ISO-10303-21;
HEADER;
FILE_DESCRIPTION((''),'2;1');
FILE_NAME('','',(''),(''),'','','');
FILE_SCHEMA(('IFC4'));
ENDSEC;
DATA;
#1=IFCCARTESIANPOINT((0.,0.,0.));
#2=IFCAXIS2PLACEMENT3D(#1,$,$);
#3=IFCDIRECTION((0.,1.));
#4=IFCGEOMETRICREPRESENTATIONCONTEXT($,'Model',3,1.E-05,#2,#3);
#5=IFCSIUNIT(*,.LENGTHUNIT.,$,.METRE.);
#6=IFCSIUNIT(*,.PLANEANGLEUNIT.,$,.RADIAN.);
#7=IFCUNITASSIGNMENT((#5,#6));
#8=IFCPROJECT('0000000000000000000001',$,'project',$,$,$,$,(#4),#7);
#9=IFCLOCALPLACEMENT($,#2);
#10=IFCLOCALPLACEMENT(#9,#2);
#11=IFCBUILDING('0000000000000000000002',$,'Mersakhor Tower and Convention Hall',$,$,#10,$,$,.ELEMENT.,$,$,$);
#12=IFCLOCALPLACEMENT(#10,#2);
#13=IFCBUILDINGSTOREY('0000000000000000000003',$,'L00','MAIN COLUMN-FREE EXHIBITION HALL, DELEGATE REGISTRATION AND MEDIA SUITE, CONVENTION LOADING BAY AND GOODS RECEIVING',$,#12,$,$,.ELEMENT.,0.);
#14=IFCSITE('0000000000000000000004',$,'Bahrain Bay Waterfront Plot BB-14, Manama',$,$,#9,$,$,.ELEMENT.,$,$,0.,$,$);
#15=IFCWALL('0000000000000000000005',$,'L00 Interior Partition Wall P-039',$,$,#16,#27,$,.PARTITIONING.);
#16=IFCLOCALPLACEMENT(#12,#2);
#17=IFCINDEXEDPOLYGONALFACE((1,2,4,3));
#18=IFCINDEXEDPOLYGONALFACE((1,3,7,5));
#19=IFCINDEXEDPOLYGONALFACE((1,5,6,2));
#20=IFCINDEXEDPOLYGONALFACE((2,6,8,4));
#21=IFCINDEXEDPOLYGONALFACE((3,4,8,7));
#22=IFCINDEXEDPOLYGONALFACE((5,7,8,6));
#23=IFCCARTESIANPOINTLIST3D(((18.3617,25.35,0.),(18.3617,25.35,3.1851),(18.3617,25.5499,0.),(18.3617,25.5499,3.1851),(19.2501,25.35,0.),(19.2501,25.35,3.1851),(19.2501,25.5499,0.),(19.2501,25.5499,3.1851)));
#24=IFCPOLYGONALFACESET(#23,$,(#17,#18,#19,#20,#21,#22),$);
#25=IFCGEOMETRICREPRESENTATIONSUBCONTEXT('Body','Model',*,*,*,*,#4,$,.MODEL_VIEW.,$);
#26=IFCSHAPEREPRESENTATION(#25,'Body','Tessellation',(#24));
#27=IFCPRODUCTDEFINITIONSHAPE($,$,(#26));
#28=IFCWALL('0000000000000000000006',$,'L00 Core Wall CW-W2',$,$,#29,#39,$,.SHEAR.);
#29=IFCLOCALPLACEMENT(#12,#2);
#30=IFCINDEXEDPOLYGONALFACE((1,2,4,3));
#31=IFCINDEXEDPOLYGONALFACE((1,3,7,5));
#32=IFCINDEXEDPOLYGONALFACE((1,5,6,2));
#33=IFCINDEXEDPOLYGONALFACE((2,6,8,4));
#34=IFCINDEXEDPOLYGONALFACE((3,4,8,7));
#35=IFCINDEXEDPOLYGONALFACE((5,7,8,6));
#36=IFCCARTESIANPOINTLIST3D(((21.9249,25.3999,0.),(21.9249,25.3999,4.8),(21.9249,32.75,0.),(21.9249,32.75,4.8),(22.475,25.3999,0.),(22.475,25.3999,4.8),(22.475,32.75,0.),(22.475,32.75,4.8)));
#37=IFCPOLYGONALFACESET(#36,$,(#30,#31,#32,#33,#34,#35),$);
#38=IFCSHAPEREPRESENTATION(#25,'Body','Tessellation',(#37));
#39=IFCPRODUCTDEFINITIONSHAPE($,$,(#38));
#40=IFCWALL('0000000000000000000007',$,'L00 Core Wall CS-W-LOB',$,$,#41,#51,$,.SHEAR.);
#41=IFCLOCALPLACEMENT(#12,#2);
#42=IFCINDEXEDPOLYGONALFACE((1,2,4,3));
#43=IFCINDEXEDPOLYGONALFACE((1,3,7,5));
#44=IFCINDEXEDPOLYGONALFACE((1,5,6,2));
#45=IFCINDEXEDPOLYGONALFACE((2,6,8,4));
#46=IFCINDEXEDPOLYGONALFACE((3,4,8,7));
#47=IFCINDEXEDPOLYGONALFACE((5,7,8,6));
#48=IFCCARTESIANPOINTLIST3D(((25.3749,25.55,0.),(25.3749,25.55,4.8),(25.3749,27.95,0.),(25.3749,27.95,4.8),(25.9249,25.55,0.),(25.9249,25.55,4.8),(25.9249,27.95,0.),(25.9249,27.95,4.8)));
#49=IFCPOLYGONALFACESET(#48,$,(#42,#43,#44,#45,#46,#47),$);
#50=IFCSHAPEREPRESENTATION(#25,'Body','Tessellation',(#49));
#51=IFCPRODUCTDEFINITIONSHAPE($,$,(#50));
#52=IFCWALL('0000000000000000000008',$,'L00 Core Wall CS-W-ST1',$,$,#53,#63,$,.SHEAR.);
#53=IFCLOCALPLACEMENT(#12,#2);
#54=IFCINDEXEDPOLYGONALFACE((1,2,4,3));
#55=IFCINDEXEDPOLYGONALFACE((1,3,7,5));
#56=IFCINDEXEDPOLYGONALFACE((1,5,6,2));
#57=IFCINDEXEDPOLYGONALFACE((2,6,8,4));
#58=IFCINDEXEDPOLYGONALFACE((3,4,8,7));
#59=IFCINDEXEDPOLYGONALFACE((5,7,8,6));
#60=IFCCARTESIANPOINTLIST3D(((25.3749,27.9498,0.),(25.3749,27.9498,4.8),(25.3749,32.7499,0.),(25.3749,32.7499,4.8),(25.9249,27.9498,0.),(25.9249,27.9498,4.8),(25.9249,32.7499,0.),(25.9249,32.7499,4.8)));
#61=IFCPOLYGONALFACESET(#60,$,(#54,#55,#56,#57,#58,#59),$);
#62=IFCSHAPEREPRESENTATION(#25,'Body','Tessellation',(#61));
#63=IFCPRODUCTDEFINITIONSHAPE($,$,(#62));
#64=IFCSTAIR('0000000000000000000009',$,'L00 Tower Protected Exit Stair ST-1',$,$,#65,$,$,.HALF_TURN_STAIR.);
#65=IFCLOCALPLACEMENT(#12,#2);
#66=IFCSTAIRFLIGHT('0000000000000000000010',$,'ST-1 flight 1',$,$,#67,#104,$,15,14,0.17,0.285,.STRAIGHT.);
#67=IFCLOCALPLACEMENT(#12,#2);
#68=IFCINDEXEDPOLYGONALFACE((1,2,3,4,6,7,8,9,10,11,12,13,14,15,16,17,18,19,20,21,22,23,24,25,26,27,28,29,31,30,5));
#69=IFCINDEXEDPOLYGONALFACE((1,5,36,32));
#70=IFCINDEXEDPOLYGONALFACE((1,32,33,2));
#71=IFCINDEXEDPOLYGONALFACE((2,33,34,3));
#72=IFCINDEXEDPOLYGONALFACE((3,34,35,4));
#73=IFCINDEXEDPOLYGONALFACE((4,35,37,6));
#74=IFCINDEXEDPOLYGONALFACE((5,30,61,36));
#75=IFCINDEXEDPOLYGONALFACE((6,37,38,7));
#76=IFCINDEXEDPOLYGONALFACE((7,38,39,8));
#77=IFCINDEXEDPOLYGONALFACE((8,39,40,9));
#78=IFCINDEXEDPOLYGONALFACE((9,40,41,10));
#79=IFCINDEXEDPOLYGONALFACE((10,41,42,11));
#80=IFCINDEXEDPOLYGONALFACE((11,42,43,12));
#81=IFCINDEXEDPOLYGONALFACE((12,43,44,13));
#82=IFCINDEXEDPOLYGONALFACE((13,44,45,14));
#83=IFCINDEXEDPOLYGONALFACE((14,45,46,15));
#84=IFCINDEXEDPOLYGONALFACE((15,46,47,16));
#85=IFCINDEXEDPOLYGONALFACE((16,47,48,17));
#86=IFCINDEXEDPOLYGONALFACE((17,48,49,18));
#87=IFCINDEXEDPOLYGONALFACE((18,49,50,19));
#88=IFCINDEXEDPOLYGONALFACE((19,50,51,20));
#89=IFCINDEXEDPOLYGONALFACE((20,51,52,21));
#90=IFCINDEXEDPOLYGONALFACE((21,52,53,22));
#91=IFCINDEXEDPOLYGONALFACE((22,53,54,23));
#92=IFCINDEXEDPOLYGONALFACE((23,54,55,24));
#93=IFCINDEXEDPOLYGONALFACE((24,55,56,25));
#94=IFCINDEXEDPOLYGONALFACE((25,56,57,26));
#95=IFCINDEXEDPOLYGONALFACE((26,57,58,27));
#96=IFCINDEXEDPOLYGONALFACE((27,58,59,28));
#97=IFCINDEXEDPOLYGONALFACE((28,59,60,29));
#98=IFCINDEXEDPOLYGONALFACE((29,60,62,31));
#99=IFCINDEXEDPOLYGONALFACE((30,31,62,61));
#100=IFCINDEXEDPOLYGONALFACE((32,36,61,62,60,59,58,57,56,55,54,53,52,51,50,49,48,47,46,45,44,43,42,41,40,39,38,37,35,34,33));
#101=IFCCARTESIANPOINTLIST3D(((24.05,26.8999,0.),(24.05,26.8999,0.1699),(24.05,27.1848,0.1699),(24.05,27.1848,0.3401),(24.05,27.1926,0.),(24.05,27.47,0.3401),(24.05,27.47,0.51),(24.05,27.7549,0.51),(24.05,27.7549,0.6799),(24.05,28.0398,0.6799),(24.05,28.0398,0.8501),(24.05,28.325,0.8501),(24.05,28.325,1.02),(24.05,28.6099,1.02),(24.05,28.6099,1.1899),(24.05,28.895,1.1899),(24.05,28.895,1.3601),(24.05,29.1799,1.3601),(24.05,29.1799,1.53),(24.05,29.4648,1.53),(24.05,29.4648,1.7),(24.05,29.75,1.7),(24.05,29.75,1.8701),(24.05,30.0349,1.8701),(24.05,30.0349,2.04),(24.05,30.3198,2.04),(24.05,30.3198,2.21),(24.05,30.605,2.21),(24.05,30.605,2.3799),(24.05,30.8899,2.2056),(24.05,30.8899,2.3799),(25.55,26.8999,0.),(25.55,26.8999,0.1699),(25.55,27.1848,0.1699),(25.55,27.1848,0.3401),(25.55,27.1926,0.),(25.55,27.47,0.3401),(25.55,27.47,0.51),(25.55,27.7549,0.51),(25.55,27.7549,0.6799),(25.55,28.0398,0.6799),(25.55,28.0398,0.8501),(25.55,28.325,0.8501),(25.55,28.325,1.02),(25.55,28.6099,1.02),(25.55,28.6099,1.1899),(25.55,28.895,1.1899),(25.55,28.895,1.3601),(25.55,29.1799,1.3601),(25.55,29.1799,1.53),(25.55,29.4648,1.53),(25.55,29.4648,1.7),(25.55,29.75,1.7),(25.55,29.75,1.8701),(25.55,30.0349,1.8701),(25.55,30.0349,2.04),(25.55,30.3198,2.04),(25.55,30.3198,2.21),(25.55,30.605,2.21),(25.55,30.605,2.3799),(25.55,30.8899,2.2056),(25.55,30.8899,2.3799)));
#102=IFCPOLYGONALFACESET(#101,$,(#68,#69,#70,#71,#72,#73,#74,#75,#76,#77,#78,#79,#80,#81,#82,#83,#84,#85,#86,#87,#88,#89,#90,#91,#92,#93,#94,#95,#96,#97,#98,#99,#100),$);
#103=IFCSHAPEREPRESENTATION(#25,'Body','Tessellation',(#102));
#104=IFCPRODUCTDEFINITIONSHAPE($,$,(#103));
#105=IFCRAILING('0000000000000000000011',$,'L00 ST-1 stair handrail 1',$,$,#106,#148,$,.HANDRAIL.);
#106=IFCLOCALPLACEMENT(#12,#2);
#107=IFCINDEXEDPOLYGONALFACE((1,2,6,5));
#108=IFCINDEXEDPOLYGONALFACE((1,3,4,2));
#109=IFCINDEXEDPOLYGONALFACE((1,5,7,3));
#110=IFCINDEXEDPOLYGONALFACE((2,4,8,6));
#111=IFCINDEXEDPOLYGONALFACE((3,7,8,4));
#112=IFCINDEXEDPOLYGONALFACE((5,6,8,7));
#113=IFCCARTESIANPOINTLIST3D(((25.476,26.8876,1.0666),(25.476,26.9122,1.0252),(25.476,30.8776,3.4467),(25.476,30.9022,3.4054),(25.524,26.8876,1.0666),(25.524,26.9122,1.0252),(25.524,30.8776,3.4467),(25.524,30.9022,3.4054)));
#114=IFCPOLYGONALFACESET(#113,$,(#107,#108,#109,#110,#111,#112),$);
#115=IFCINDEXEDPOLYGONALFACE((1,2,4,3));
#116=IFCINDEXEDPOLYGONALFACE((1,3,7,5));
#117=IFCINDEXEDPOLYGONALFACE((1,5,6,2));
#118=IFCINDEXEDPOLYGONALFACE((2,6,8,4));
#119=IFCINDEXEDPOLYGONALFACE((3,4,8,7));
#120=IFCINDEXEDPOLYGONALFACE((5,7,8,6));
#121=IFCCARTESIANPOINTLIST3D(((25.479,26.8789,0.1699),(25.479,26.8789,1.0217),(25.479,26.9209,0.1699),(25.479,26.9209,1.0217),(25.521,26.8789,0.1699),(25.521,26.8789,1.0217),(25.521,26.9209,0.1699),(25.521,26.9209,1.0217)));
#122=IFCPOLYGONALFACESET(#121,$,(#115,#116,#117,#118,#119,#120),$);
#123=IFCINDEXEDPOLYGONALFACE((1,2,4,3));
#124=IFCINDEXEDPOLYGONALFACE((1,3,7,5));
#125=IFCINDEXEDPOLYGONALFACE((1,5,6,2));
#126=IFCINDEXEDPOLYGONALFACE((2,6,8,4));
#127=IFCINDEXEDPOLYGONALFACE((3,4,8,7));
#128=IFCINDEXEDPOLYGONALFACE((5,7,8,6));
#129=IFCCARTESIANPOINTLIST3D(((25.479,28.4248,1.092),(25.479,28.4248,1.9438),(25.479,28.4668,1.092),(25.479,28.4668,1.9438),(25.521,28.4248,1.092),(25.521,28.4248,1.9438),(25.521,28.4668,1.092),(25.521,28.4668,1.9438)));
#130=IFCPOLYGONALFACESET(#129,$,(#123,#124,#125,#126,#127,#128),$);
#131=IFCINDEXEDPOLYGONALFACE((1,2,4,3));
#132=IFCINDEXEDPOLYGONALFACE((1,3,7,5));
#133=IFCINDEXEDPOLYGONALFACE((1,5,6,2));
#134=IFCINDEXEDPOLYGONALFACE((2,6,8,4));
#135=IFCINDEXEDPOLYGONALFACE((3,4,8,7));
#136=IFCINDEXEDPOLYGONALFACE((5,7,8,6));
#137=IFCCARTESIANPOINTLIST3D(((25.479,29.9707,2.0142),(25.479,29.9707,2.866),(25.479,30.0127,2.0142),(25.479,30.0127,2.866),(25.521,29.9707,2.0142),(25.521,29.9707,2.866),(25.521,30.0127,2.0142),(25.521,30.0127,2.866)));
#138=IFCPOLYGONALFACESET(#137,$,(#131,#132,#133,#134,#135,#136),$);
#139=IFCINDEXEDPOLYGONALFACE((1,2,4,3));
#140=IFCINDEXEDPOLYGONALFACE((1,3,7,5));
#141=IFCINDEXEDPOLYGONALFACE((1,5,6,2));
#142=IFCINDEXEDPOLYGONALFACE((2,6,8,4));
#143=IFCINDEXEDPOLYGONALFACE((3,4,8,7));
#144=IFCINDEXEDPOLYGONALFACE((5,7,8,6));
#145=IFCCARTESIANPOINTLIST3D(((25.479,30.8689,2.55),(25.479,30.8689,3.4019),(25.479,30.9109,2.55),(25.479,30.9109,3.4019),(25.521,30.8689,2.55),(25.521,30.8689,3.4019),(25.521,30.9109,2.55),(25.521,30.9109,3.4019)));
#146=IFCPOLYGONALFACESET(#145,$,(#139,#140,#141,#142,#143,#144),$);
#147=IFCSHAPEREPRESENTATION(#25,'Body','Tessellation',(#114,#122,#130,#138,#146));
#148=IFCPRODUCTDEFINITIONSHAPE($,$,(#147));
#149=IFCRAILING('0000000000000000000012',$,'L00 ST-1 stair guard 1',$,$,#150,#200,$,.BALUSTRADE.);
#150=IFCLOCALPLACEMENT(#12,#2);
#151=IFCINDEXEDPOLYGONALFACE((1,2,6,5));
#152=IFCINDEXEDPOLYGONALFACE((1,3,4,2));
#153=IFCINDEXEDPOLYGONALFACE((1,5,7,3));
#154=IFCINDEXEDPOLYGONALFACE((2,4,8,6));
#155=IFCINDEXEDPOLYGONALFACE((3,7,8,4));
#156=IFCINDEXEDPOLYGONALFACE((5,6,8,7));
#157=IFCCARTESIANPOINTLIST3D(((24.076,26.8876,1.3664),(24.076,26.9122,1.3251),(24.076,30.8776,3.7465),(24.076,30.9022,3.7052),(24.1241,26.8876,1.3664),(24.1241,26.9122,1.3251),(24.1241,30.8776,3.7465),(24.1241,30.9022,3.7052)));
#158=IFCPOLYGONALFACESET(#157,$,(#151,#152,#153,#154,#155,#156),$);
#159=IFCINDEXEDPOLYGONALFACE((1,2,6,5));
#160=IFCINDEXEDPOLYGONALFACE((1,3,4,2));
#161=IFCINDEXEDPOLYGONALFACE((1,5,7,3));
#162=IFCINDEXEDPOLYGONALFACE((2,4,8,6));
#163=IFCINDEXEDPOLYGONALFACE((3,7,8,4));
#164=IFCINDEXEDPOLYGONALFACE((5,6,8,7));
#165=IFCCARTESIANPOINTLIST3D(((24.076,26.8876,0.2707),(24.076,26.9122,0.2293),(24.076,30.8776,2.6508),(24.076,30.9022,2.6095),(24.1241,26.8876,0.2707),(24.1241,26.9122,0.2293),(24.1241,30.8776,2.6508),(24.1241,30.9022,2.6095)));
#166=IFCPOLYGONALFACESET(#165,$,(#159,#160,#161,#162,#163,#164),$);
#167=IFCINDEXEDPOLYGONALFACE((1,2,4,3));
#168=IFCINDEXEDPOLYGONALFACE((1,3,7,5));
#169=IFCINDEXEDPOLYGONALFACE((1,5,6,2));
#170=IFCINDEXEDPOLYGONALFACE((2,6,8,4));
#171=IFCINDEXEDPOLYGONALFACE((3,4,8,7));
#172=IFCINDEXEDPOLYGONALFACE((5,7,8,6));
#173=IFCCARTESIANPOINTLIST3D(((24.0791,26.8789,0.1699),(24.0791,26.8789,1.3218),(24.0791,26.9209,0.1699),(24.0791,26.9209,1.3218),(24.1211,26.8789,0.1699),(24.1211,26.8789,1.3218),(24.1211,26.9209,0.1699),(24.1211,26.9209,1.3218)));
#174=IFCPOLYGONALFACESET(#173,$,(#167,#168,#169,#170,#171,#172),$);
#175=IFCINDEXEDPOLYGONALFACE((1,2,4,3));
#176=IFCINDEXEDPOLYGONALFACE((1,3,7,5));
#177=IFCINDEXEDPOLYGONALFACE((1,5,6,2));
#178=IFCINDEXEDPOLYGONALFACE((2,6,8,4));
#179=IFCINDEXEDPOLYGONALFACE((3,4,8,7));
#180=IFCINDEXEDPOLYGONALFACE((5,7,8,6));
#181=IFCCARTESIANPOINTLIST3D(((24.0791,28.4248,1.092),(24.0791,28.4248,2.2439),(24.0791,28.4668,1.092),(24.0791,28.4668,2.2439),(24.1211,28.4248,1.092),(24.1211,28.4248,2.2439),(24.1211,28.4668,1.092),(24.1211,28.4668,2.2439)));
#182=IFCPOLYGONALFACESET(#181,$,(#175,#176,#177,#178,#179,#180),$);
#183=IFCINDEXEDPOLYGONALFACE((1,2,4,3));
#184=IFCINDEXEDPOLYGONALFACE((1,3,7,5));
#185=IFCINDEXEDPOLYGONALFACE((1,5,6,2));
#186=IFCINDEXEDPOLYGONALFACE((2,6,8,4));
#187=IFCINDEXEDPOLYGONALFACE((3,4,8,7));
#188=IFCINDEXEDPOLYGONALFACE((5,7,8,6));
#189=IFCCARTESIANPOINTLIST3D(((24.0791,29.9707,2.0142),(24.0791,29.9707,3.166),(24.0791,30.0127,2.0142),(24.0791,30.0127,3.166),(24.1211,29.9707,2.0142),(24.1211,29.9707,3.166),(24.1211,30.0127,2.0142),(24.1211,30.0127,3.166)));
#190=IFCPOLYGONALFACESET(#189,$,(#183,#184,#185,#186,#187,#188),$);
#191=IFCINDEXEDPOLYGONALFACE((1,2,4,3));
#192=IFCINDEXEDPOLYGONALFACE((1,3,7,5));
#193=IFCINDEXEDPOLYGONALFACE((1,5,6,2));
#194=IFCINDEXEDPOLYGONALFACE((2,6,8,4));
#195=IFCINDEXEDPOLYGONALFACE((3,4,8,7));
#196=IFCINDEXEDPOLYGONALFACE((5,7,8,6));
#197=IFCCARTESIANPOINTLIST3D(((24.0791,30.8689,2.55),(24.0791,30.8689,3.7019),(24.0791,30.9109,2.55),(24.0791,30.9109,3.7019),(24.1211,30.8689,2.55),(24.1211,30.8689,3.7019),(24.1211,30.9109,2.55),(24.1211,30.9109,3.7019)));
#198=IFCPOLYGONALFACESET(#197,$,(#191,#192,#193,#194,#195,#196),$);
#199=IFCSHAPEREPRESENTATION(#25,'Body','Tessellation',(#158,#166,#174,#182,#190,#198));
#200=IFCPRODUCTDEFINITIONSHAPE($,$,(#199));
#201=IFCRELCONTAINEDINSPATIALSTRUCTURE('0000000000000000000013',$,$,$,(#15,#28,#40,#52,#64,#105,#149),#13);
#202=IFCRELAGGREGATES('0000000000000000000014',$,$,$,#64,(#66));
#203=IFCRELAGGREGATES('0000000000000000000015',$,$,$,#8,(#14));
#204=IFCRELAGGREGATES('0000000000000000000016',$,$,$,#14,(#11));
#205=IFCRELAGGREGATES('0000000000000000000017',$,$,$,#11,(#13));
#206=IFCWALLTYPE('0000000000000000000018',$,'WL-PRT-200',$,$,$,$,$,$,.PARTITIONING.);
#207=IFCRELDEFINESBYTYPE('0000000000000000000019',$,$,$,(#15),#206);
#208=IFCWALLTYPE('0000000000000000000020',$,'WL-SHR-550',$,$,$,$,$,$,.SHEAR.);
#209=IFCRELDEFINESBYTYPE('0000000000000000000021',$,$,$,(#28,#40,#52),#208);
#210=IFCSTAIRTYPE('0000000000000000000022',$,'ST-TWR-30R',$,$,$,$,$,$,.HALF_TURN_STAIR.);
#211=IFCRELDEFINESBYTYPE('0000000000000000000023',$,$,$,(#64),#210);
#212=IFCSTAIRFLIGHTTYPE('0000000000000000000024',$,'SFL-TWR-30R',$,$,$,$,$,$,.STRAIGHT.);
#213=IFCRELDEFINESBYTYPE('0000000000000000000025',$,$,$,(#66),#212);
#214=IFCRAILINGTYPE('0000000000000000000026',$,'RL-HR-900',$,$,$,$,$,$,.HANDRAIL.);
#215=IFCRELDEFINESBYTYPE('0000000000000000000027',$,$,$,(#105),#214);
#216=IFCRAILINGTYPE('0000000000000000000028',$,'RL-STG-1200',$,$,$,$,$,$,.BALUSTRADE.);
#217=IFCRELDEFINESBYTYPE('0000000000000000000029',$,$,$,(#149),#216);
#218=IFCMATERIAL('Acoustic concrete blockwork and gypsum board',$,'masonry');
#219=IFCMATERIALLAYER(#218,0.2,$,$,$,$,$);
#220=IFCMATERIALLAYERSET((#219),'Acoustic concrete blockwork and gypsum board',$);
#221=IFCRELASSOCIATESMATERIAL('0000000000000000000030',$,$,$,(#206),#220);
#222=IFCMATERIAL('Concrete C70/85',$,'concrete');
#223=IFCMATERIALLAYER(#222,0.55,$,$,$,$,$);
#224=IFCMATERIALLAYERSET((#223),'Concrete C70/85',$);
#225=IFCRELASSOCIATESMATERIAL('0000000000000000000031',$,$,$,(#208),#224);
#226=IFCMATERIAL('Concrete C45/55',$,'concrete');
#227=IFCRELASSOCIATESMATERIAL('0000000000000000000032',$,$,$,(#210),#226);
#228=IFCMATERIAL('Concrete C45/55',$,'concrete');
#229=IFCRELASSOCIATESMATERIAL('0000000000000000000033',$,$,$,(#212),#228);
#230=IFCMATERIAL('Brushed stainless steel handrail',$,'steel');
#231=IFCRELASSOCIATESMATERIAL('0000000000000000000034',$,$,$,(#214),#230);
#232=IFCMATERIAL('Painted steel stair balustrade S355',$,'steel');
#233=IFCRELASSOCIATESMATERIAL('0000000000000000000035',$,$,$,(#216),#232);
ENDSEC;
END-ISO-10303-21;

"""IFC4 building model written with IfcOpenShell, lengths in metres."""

from ifc_helpers import new_model, si_unit, direction, frame, frame_2d, origin, origin_2d, place, context, subcontext, project, spatial, polyline, rectangle, outline, extrude, material, layer, layer_set, type_object, element, aggregate, save


model = new_model("IFC4")

# Units and contexts
model_context = context("Model", 3, precision=1e-05, world=origin(), true_north=direction((0.0, 1.0)))
body_context = subcontext(model_context, "Body", "Model", "MODEL_VIEW")
ifc_project = project(units=[si_unit("LENGTHUNIT", "METRE"), si_unit("PLANEANGLEUNIT", "RADIAN")], contexts=[model_context])

# Site, building, storey
site_placement = place(None, origin())
site = spatial("IfcSite", under=ifc_project, at=site_placement, Name="Bahrain Bay Waterfront Plot BB-14, Manama", CompositionType="ELEMENT", RefElevation=0.0)
building_placement = place(site_placement, origin())
building = spatial("IfcBuilding", under=site, at=building_placement, Name="Mersakhor Tower and Convention Hall", CompositionType="ELEMENT")
storey_placement = place(building_placement, origin())
storey = spatial("IfcBuildingStorey", under=building, at=storey_placement, Name="L00", Description="MAIN COLUMN-FREE EXHIBITION HALL, DELEGATE REGISTRATION AND MEDIA SUITE, CONVENTION LOADING BAY AND GOODS RECEIVING", CompositionType="ELEMENT", Elevation=0.0)

# Shared definitions
ifc_material_1 = material(Name="Acoustic concrete blockwork and gypsum board", Category="masonry")
ifc_layer_1 = layer(ifc_material_1, 0.2)
ifc_layer_set_1 = layer_set([ifc_layer_1], Name="Acoustic concrete blockwork and gypsum board")
wall_type_1 = type_object("IfcWallType", Name="WL-PRT-200", PredefinedType="PARTITIONING", material=ifc_layer_set_1)

# Wall
wall_1_placement = place(storey_placement, frame((18.3616, 25.45, 0.0), z_axis=(0.0, 0.0, 1.0), x_axis=(1.0, 0.0, 0.0)))
element("IfcWall", 1, at=wall_1_placement, inside=storey, type_object=wall_type_1, Name="L00 Interior Partition Wall P-039", PredefinedType="PARTITIONING", context=body_context, shape_type="SweptSolid", body=[
    extrude(rectangle(XDim=0.8884, YDim=0.2, at=frame_2d((0.4443, 0.0))), origin(), (0.0, 0.0, 1.0), 3.1851),
])

# Walls
ifc_material_2 = material(Name="Concrete C70/85", Category="concrete")
ifc_layer_2 = layer(ifc_material_2, 0.55)
ifc_layer_set_2 = layer_set([ifc_layer_2], Name="Concrete C70/85")
wall_type_2 = type_object("IfcWallType", Name="WL-SHR-550", PredefinedType="SHEAR", material=ifc_layer_set_2)
wall_2_placement = place(storey_placement, frame((22.2, 25.3999, 0.0), z_axis=(0.0, 0.0, 1.0), x_axis=(0.0, 1.0, 0.0)))
element("IfcWall", 2, at=wall_2_placement, inside=storey, type_object=wall_type_2, Name="L00 Core Wall CW-W2", PredefinedType="SHEAR", context=body_context, shape_type="SweptSolid", body=[
    extrude(rectangle(XDim=7.3501, YDim=0.55, at=frame_2d((3.675, 0.0))), origin(), (0.0, 0.0, 1.0), 4.8),
])
wall_3_placement = place(storey_placement, frame((25.6499, 25.55, 0.0), z_axis=(0.0, 0.0, 1.0), x_axis=(0.0, 1.0, 0.0)))
element("IfcWall", 3, at=wall_3_placement, inside=storey, type_object=wall_type_2, Name="L00 Core Wall CS-W-LOB", PredefinedType="SHEAR", context=body_context, shape_type="SweptSolid", body=[
    extrude(rectangle(XDim=2.3999, YDim=0.55, at=frame_2d((1.2, 0.0))), origin(), (0.0, 0.0, 1.0), 4.8),
])
wall_4_placement = place(storey_placement, frame((25.6499, 27.95, 0.0), z_axis=(0.0, 0.0, 1.0), x_axis=(0.0, 1.0, 0.0)))
element("IfcWall", 4, at=wall_4_placement, inside=storey, type_object=wall_type_2, Name="L00 Core Wall CS-W-ST1", PredefinedType="SHEAR", context=body_context, shape_type="SweptSolid", body=[
    extrude(rectangle(XDim=4.8, YDim=0.55, at=frame_2d((2.3999, 0.0))), origin(), (0.0, 0.0, 1.0), 4.8),
])

# Stair, stair flight
ifc_material_3 = material(Name="Concrete C45/55", Category="concrete")
stair_type = type_object("IfcStairType", Name="ST-TWR-30R", PredefinedType="HALF_TURN_STAIR", material=ifc_material_3)
stair_placement = place(storey_placement, origin())
stair = element("IfcStair", 5, at=stair_placement, inside=storey, type_object=stair_type, Name="L00 Tower Protected Exit Stair ST-1", PredefinedType="HALF_TURN_STAIR")
ifc_material_4 = material(Name="Concrete C45/55", Category="concrete")
stair_flight_type = type_object("IfcStairFlightType", Name="SFL-TWR-30R", PredefinedType="STRAIGHT", material=ifc_material_4)
stair_flight_placement = place(storey_placement, frame((24.8, 26.8999, 0.0), z_axis=(0.0, 0.0, 1.0), x_axis=(0.0, 1.0, 0.0)))
stair_flight = element("IfcStairFlight", 6, at=stair_flight_placement, type_object=stair_flight_type, Name="ST-1 flight 1", NumberOfRisers=15, NumberOfTreads=14, PredefinedType="STRAIGHT", RiserHeight=0.17, TreadLength=0.285, context=body_context, shape_type="SweptSolid", body=[
    extrude(outline(polyline([(0.0, 0.0), (0.0, 0.1699), (0.2849, 0.1699), (0.2849, 0.3401), (0.5701, 0.3401), (0.5701, 0.51), (0.855, 0.51), (0.855, 0.6799), (1.1399, 0.6799), (1.1399, 0.8501), (1.425, 0.8501), (1.425, 1.02), (1.71, 1.02), (1.71, 1.1899), (1.9951, 1.1899), (1.9951, 1.3601), (2.28, 1.3601), (2.28, 1.53), (2.5649, 1.53), (2.5649, 1.7), (2.8501, 1.7), (2.8501, 1.8701), (3.135, 1.8701), (3.135, 2.04), (3.4199, 2.04), (3.4199, 2.21), (3.7051, 2.21), (3.7051, 2.3799), (3.99, 2.3799), (3.99, 2.55), (3.99, 2.2056), (0.2927, 0.0), (0.0, 0.0)])), frame((0.0, 0.75, 0.0), z_axis=(0.0, -1.0, 0.0), x_axis=(1.0, 0.0, 0.0)), (0.0, 0.0, 1.0), 1.5),
])
aggregate(stair, [stair_flight])

# Railings
ifc_material_5 = material(Name="Brushed stainless steel handrail", Category="steel")
railing_type_1 = type_object("IfcRailingType", Name="RL-HR-900", PredefinedType="HANDRAIL", material=ifc_material_5)
railing_1_placement = place(storey_placement, frame((25.5, 26.8999, 0.1699)))
element("IfcRailing", 7, at=railing_1_placement, inside=storey, type_object=railing_type_1, Name="L00 ST-1 stair handrail 1", PredefinedType="HANDRAIL", context=body_context, shape_type="SweptSolid", body=[
    extrude(rectangle(XDim=0.0481, YDim=0.0481, at=origin_2d()), frame((0.0, 0.0, 0.876), z_axis=(0.0, 0.858807, 0.512299), x_axis=(-1.0, 0.0, 0.0)), (0.0, 0.0, 1.0), 4.646),
    extrude(rectangle(XDim=0.042, YDim=0.042, at=origin_2d()), origin(), (0.0, 0.0, 1.0), 0.8518),
    extrude(rectangle(XDim=0.042, YDim=0.042, at=origin_2d()), frame((0.0, 1.5459, 0.9221)), (0.0, 0.0, 1.0), 0.8518),
    extrude(rectangle(XDim=0.042, YDim=0.042, at=origin_2d()), frame((0.0, 3.0918, 1.8442)), (0.0, 0.0, 1.0), 0.8518),
    extrude(rectangle(XDim=0.042, YDim=0.042, at=origin_2d()), frame((0.0, 3.99, 2.3801)), (0.0, 0.0, 1.0), 0.8518),
])
ifc_material_6 = material(Name="Painted steel stair balustrade S355", Category="steel")
railing_type_2 = type_object("IfcRailingType", Name="RL-STG-1200", PredefinedType="BALUSTRADE", material=ifc_material_6)
railing_2_placement = place(storey_placement, frame((24.1001, 26.8999, 0.1699)))
element("IfcRailing", 8, at=railing_2_placement, inside=storey, type_object=railing_type_2, Name="L00 ST-1 stair guard 1", PredefinedType="BALUSTRADE", context=body_context, shape_type="SweptSolid", body=[
    extrude(rectangle(XDim=0.0481, YDim=0.0481, at=origin_2d()), frame((0.0, 0.0, 1.1758), z_axis=(0.0, 0.858807, 0.512299), x_axis=(-1.0, 0.0, 0.0)), (0.0, 0.0, 1.0), 4.646),
    extrude(rectangle(XDim=0.0481, YDim=0.0481, at=origin_2d()), frame((0.0, 0.0, 0.0801), z_axis=(0.0, 0.858807, 0.512299), x_axis=(-1.0, 0.0, 0.0)), (0.0, 0.0, 1.0), 4.646),
    extrude(rectangle(XDim=0.042, YDim=0.042, at=origin_2d()), origin(), (0.0, 0.0, 1.0), 1.1519),
    extrude(rectangle(XDim=0.042, YDim=0.042, at=origin_2d()), frame((0.0, 1.5459, 0.9221)), (0.0, 0.0, 1.0), 1.1519),
    extrude(rectangle(XDim=0.042, YDim=0.042, at=origin_2d()), frame((0.0, 3.0918, 1.8442)), (0.0, 0.0, 1.0), 1.1519),
    extrude(rectangle(XDim=0.042, YDim=0.042, at=origin_2d()), frame((0.0, 3.99, 2.3801)), (0.0, 0.0, 1.0), 1.1519),
])

save(model, "model.ifc")
